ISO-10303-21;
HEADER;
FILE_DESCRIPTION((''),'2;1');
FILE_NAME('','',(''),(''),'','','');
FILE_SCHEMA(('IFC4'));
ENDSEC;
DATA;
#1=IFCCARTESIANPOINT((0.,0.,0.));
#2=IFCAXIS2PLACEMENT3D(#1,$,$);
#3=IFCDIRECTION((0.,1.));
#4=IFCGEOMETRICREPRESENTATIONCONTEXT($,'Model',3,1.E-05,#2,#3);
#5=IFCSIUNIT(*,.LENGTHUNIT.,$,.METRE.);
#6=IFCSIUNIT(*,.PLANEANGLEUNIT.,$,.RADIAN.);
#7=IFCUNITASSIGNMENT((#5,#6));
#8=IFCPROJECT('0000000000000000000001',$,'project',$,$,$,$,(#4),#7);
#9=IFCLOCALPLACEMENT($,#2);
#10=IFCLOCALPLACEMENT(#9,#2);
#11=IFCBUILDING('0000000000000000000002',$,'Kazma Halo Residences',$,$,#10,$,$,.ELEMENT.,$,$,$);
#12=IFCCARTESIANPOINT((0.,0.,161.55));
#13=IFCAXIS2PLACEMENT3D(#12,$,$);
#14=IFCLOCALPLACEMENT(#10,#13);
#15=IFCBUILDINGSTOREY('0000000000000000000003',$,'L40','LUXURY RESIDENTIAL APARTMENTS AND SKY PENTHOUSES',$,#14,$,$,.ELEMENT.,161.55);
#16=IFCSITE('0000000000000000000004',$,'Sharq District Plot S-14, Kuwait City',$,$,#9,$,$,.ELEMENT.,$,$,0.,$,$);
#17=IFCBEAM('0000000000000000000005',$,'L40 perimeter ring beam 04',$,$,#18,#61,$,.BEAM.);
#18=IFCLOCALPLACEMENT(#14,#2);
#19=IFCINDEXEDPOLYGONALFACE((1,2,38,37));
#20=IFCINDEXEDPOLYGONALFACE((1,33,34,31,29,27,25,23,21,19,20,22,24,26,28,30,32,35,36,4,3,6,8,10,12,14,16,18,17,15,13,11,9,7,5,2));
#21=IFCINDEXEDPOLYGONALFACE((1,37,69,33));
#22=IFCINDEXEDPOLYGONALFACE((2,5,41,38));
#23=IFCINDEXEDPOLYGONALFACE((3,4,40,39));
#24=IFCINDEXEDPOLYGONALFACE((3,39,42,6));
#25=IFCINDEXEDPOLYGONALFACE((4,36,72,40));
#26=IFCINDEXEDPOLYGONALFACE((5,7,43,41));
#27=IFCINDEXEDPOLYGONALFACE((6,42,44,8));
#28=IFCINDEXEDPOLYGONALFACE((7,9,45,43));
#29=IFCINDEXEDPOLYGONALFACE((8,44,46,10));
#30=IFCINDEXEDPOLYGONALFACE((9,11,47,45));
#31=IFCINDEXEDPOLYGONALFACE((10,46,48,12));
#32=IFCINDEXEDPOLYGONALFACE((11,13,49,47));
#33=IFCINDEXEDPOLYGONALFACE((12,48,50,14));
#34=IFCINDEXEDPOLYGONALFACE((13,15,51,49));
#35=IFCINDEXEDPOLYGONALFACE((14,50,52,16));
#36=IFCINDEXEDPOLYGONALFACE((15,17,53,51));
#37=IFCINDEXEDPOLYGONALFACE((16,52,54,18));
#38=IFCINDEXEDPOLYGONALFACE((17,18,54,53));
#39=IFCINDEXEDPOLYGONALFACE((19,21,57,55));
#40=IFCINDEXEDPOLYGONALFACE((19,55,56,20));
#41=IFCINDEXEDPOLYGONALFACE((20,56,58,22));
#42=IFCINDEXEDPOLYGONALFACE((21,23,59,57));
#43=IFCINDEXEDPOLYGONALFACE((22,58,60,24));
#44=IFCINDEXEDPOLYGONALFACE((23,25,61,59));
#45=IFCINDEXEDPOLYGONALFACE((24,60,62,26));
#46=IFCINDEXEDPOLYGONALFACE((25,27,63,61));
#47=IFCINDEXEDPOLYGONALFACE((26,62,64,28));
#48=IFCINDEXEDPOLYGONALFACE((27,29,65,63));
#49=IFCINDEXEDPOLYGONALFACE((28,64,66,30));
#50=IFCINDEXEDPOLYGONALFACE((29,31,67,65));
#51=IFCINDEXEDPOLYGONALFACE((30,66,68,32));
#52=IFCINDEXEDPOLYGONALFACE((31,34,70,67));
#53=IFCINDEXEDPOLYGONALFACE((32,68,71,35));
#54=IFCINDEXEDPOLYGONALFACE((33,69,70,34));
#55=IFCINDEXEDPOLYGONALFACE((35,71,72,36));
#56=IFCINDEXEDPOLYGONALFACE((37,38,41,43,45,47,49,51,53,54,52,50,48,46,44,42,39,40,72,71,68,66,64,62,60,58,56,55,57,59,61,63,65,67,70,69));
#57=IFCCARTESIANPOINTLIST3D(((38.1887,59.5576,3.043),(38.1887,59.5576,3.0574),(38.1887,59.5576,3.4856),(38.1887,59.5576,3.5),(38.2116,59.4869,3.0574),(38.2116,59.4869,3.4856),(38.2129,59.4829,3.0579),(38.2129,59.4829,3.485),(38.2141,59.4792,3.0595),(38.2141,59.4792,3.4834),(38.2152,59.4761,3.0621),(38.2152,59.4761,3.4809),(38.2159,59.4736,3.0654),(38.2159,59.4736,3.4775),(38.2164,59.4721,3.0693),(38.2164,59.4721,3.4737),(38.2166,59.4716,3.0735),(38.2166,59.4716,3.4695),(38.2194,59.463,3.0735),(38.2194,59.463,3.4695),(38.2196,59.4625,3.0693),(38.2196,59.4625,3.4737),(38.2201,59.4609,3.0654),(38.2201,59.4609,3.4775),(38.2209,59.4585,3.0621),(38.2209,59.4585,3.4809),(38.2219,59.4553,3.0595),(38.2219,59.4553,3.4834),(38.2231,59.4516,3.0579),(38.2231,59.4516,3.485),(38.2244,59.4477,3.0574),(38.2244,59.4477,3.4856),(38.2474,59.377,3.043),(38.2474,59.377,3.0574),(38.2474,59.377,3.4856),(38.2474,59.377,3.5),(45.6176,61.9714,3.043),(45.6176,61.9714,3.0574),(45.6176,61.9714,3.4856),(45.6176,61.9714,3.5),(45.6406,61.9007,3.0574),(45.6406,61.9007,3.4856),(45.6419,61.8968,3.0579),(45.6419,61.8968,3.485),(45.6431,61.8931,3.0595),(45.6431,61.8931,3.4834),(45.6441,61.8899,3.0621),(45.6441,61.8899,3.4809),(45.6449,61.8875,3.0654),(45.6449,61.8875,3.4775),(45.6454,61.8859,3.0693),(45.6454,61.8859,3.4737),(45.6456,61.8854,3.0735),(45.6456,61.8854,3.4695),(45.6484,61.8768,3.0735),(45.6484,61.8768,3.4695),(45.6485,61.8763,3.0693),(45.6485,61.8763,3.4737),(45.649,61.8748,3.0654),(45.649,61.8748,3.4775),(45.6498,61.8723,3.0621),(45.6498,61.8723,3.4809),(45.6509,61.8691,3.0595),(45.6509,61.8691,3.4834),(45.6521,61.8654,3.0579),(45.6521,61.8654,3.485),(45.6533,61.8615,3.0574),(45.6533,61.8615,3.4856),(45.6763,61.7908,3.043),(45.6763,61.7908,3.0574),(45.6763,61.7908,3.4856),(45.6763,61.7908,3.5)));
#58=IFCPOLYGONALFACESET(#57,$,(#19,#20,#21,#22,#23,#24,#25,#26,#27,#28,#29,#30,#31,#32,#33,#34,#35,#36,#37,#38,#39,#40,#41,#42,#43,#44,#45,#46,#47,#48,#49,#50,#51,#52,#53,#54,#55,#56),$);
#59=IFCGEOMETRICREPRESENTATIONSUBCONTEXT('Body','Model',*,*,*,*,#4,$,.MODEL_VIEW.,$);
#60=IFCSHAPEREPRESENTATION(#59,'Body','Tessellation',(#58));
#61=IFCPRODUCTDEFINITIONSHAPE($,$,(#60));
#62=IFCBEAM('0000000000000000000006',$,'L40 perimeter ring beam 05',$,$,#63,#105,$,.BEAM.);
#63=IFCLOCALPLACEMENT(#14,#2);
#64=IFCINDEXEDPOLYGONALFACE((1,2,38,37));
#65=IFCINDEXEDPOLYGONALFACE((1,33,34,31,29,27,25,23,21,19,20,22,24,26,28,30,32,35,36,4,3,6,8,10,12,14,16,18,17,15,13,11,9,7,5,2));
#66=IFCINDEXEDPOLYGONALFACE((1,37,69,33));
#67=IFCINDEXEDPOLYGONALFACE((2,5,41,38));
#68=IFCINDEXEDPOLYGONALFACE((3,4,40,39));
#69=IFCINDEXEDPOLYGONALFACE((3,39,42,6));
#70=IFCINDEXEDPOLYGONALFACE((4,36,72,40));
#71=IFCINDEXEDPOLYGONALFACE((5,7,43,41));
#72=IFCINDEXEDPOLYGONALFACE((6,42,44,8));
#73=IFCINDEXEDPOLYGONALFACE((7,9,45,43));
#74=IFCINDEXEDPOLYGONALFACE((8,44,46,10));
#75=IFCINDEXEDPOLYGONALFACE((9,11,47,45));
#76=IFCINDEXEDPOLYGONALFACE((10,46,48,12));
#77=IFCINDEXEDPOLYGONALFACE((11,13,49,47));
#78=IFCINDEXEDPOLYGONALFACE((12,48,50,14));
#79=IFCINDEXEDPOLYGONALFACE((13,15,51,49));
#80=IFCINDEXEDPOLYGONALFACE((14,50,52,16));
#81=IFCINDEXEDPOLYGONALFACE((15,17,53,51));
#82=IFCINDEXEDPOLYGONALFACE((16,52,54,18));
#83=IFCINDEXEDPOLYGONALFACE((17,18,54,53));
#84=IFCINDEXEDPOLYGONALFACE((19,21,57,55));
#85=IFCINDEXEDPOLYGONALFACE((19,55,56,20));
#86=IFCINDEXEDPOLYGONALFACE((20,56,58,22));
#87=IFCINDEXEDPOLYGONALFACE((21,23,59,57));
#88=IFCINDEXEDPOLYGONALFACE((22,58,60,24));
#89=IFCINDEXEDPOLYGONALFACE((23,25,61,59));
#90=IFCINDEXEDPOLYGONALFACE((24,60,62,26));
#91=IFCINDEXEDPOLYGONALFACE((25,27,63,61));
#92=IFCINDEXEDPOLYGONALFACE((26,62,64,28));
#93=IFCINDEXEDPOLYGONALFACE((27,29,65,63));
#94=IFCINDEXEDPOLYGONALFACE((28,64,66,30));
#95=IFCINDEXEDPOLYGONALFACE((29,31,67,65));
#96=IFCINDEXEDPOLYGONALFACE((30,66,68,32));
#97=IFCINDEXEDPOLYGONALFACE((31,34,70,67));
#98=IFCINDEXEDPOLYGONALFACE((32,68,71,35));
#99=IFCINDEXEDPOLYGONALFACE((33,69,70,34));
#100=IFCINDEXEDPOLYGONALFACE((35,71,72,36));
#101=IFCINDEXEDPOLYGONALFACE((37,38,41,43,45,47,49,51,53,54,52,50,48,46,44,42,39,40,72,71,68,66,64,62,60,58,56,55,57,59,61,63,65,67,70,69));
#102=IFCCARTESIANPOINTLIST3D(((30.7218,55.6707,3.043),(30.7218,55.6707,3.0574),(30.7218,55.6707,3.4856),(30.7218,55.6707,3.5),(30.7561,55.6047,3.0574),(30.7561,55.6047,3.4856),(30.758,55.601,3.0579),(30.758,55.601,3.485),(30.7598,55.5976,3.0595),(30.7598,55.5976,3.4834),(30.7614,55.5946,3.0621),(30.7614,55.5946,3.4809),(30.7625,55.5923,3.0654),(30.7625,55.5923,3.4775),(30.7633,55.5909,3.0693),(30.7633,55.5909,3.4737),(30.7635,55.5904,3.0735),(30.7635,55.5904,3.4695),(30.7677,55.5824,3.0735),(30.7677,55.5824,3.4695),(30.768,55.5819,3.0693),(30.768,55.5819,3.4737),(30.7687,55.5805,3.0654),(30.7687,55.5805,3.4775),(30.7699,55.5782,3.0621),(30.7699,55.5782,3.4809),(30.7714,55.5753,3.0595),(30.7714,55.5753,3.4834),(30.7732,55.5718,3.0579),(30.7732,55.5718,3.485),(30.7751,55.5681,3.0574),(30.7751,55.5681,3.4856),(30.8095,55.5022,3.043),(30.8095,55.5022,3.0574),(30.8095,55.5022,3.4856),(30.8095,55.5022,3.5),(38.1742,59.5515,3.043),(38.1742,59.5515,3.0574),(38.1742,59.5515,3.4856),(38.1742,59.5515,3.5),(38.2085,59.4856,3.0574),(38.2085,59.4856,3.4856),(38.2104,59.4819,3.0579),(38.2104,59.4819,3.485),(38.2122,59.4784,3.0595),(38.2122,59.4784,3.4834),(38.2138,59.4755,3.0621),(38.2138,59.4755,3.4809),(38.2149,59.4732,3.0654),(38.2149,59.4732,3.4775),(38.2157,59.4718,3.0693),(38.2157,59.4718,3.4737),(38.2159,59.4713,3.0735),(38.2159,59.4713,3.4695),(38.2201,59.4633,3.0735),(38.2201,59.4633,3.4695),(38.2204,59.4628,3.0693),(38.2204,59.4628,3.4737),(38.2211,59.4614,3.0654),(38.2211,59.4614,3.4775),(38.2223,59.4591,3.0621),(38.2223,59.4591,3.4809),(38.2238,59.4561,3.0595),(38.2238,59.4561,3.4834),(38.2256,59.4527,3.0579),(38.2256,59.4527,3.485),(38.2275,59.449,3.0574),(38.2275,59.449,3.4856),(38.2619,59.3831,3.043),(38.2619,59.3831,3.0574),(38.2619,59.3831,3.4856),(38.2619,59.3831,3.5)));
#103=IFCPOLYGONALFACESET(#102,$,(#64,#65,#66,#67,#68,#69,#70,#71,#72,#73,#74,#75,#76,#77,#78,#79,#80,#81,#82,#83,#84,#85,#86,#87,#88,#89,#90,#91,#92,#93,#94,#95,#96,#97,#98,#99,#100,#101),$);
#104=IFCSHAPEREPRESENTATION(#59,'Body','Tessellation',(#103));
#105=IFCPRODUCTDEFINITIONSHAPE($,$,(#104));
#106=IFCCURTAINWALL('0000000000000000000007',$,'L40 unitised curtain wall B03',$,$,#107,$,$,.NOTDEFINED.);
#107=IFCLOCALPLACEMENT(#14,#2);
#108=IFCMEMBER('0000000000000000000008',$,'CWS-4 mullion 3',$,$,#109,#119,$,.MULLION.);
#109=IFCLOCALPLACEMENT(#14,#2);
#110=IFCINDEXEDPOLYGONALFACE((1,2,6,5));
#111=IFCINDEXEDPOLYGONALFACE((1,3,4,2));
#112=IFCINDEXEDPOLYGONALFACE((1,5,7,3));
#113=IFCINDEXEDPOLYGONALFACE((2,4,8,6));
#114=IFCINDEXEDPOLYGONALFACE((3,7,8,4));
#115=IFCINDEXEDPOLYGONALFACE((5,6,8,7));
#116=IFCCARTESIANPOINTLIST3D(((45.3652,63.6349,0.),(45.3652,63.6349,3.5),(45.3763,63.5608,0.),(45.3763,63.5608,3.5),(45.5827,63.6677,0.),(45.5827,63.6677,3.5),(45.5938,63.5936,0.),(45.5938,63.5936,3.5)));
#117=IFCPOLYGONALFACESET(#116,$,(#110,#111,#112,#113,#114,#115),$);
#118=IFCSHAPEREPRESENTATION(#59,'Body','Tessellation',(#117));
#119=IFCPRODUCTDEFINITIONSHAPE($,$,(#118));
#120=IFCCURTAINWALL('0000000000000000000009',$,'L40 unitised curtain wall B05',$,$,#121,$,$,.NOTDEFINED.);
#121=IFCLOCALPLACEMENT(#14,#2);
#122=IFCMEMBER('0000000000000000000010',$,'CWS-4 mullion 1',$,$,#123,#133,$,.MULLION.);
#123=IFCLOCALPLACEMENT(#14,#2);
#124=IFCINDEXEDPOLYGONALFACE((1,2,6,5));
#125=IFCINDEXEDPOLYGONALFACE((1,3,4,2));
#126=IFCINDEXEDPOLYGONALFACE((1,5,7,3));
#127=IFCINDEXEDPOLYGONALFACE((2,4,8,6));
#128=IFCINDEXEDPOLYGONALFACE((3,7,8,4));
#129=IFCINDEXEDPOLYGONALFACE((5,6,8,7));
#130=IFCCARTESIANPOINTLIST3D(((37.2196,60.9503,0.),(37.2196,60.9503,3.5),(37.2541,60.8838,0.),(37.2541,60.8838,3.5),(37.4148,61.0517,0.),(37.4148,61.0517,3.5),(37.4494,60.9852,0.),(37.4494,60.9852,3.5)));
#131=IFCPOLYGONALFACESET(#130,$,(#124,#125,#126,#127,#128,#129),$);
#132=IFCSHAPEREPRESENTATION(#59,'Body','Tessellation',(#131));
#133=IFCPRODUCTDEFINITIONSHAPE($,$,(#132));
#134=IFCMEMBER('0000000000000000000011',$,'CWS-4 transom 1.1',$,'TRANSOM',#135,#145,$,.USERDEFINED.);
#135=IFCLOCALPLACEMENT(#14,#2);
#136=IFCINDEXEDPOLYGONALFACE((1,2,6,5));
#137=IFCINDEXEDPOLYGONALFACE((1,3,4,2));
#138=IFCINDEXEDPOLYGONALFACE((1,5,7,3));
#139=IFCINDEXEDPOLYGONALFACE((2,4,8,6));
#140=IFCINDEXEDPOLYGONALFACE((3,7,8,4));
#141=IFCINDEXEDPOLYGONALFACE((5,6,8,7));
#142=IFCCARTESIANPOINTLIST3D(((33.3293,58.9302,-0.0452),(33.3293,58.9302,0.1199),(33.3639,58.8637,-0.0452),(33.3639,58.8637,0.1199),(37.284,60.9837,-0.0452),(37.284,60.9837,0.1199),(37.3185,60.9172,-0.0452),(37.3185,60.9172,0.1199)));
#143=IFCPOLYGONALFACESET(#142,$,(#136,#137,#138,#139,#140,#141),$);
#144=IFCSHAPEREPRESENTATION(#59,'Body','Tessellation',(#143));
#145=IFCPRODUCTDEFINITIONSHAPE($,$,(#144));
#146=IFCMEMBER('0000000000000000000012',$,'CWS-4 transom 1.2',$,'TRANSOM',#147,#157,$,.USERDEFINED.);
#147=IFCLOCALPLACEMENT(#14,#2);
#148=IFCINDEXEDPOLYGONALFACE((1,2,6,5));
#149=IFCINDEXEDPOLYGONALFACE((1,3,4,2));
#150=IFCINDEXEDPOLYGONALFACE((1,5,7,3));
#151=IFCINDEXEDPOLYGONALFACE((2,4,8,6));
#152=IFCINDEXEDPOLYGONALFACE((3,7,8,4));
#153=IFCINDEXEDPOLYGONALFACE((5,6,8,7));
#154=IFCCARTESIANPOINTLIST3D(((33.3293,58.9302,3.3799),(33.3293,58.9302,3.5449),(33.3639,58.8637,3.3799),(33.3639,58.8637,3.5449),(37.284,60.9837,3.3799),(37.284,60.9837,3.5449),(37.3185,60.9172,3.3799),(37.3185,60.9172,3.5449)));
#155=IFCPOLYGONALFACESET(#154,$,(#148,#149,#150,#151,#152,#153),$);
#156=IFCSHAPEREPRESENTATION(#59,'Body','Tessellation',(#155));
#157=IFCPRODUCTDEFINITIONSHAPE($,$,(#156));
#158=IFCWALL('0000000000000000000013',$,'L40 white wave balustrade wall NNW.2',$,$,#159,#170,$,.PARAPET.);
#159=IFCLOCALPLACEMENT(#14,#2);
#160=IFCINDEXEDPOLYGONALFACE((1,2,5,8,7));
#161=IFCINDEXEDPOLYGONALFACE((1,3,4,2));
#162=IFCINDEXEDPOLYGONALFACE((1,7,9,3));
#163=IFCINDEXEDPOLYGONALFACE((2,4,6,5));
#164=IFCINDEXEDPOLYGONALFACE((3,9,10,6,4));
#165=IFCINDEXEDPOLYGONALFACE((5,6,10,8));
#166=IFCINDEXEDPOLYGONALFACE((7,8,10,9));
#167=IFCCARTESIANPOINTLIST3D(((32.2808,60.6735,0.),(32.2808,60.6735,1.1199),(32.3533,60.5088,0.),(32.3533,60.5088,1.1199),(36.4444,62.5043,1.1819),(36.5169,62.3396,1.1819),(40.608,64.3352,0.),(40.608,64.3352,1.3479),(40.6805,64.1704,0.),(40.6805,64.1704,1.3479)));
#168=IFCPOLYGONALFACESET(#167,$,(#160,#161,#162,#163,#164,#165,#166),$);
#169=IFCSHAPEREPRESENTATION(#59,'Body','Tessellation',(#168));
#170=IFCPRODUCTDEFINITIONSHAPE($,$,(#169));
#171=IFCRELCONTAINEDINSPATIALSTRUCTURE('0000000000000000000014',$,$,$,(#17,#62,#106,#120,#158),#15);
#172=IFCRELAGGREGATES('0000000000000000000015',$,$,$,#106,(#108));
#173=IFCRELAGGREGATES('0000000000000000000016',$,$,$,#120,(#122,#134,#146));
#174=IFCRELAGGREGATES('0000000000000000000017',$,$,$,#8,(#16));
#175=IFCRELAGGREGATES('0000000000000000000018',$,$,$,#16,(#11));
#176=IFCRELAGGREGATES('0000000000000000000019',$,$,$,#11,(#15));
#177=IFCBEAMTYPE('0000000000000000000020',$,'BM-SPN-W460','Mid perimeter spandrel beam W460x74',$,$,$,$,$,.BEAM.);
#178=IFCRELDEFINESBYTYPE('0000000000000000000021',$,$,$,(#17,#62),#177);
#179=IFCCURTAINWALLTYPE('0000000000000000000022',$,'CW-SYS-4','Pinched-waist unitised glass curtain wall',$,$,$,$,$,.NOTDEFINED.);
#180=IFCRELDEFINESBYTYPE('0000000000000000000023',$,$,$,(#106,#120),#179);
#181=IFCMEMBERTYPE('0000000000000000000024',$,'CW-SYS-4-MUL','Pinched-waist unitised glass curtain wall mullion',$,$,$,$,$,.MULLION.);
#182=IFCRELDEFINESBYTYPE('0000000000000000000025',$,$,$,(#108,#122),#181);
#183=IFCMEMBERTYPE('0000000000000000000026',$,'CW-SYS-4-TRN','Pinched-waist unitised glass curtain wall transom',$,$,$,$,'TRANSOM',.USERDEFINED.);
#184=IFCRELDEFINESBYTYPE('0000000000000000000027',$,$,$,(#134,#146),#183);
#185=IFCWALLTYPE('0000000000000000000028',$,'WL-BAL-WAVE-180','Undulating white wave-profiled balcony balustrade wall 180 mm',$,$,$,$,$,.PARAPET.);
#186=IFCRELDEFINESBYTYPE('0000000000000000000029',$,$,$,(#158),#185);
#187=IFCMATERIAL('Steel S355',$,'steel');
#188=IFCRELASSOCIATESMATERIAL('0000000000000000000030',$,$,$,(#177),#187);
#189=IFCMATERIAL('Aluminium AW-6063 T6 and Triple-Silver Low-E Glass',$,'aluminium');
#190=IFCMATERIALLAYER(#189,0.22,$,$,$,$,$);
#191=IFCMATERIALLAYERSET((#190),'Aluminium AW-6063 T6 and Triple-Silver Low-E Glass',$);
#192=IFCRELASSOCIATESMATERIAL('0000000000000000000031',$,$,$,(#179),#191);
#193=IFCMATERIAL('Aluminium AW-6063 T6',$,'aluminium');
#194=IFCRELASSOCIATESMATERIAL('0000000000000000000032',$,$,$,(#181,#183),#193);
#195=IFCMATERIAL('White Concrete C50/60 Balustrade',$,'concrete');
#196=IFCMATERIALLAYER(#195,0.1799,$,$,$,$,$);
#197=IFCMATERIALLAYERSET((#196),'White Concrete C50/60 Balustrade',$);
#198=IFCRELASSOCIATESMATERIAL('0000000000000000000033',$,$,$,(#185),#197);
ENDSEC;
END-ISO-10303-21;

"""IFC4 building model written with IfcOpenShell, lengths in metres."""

from ifc_helpers import new_model, si_unit, direction, frame, origin, origin_2d, place, context, subcontext, project, spatial, polyline, rectangle, i_section, outline, extrude, material, layer, layer_set, material_profile, profile_set, type_object, element, aggregate, save


model = new_model("IFC4")

# Units and contexts
model_context = context("Model", 3, precision=1e-05, world=origin(), true_north=direction((0.0, 1.0)))
body_context = subcontext(model_context, "Body", "Model", "MODEL_VIEW")
ifc_project = project(units=[si_unit("LENGTHUNIT", "METRE"), si_unit("PLANEANGLEUNIT", "RADIAN")], contexts=[model_context])

# Site, building, storey
site_placement = place(None, origin())
site = spatial("IfcSite", under=ifc_project, at=site_placement, Name="Sharq District Plot S-14, Kuwait City", CompositionType="ELEMENT", RefElevation=0.0)
building_placement = place(site_placement, origin())
building = spatial("IfcBuilding", under=site, at=building_placement, Name="Kazma Halo Residences", CompositionType="ELEMENT")
storey_placement = place(building_placement, frame((0.0, 0.0, 161.55)))
storey = spatial("IfcBuildingStorey", under=building, at=storey_placement, Name="L40", Description="LUXURY RESIDENTIAL APARTMENTS AND SKY PENTHOUSES", CompositionType="ELEMENT", Elevation=161.55)

# Beams
ifc_material_1 = material(Name="Steel S355", Category="steel")
ifc_material_profile_1 = material_profile(ifc_material_1, i_section(OverallWidth=0.1899, OverallDepth=0.457, WebThickness=0.009, FlangeThickness=0.0144, FilletRadius=0.0161, at=origin_2d()), Name="W460x74")
ifc_profile_set_1 = profile_set([ifc_material_profile_1], Name="Steel S355")
beam_type_1 = type_object("IfcBeamType", Name="BM-SPN-W460", Description="Mid perimeter spandrel beam W460x74", PredefinedType="BEAM", material=ifc_profile_set_1)
beam_1_placement = place(storey_placement, frame((45.647, 61.8811, 3.2715), z_axis=(-0.951056, -0.309018, 0.0), x_axis=(0.309018, -0.951056, 0.0)))
element("IfcBeam", 1, at=beam_1_placement, inside=storey, type_object=beam_type_1, Name="L40 perimeter ring beam 04", PredefinedType="BEAM", context=body_context, shape_type="SweptSolid", body=[
    extrude(i_section(OverallWidth=0.1899, OverallDepth=0.457, WebThickness=0.009, FlangeThickness=0.0144, FilletRadius=0.0161, at=origin_2d()), origin(), (0.0, 0.0, 1.0), 7.8113),
])
beam_2_placement = place(storey_placement, frame((38.218, 59.4673, 3.2715), z_axis=(-0.886943, -0.461879, 0.0), x_axis=(0.461879, -0.886943, 0.0)))
element("IfcBeam", 2, at=beam_2_placement, inside=storey, type_object=beam_type_1, Name="L40 perimeter ring beam 05", PredefinedType="BEAM", context=body_context, shape_type="SweptSolid", body=[
    extrude(i_section(OverallWidth=0.1899, OverallDepth=0.457, WebThickness=0.009, FlangeThickness=0.0144, FilletRadius=0.0161, at=origin_2d()), origin(), (0.0, 0.0, 1.0), 8.4023),
])

# Curtain wall, member
ifc_material_2 = material(Name="Aluminium AW-6063 T6 and Triple-Silver Low-E Glass", Category="aluminium")
ifc_layer_1 = layer(ifc_material_2, 0.22)
ifc_layer_set_1 = layer_set([ifc_layer_1], Name="Aluminium AW-6063 T6 and Triple-Silver Low-E Glass")
curtain_wall_type = type_object("IfcCurtainWallType", Name="CW-SYS-4", Description="Pinched-waist unitised glass curtain wall", PredefinedType="NOTDEFINED", material=ifc_layer_set_1)
curtain_wall_1_placement = place(storey_placement, origin())
curtain_wall_1 = element("IfcCurtainWall", 3, at=curtain_wall_1_placement, inside=storey, type_object=curtain_wall_type, Name="L40 unitised curtain wall B03", PredefinedType="NOTDEFINED")
ifc_material_3 = material(Name="Aluminium AW-6063 T6", Category="aluminium")
ifc_material_profile_2 = material_profile(ifc_material_3, rectangle(XDim=0.075, YDim=0.22, at=origin_2d()), Name="CWM-75x220")
ifc_profile_set_2 = profile_set([ifc_material_profile_2], Name="Aluminium AW-6063 T6")
member_type_1 = type_object("IfcMemberType", Name="CW-SYS-4-MUL", Description="Pinched-waist unitised glass curtain wall mullion", PredefinedType="MULLION", material=ifc_profile_set_2)
member_1_placement = place(storey_placement, frame((45.4795, 63.6143, 0.0), z_axis=(0.0, 0.0, 1.0), x_axis=(0.148821, -0.988864, 0.0)))
member_1 = element("IfcMember", 4, at=member_1_placement, type_object=member_type_1, Name="CWS-4 mullion 3", PredefinedType="MULLION", context=body_context, shape_type="SweptSolid", body=[
    extrude(rectangle(XDim=0.075, YDim=0.22, at=origin_2d()), origin(), (0.0, 0.0, 1.0), 3.5),
])
aggregate(curtain_wall_1, [member_1])

# Curtain wall, members
curtain_wall_2_placement = place(storey_placement, origin())
curtain_wall_2 = element("IfcCurtainWall", 5, at=curtain_wall_2_placement, inside=storey, type_object=curtain_wall_type, Name="L40 unitised curtain wall B05", PredefinedType="NOTDEFINED")
member_2_placement = place(storey_placement, frame((37.3345, 60.9678, 0.0), z_axis=(0.0, 0.0, 1.0), x_axis=(0.460837, -0.887485, 0.0)))
member_2 = element("IfcMember", 6, at=member_2_placement, type_object=member_type_1, Name="CWS-4 mullion 1", PredefinedType="MULLION", context=body_context, shape_type="SweptSolid", body=[
    extrude(rectangle(XDim=0.075, YDim=0.22, at=origin_2d()), origin(), (0.0, 0.0, 1.0), 3.5),
])
ifc_material_profile_3 = material_profile(ifc_material_3, rectangle(XDim=0.075, YDim=0.165, at=origin_2d()), Name="CWT-75x165")
ifc_profile_set_3 = profile_set([ifc_material_profile_3], Name="Aluminium AW-6063 T6")
member_type_2 = type_object("IfcMemberType", Name="CW-SYS-4-TRN", Description="Pinched-waist unitised glass curtain wall transom", ElementType="TRANSOM", PredefinedType="USERDEFINED", material=ifc_profile_set_3)
member_3_placement = place(storey_placement, frame((37.3013, 60.9504, 0.0374), z_axis=(-0.887485, -0.460837, 0.0), x_axis=(0.460837, -0.887485, 0.0)))
member_3 = element("IfcMember", 7, at=member_3_placement, type_object=member_type_2, Name="CWS-4 transom 1.1", ObjectType="TRANSOM", PredefinedType="USERDEFINED", context=body_context, shape_type="SweptSolid", body=[
    extrude(rectangle(XDim=0.075, YDim=0.165, at=origin_2d()), origin(), (0.0, 0.0, 1.0), 4.4561),
])
member_4_placement = place(storey_placement, frame((37.3013, 60.9504, 3.4624), z_axis=(-0.887485, -0.460837, 0.0), x_axis=(0.460837, -0.887485, 0.0)))
member_4 = element("IfcMember", 8, at=member_4_placement, type_object=member_type_2, Name="CWS-4 transom 1.2", ObjectType="TRANSOM", PredefinedType="USERDEFINED", context=body_context, shape_type="SweptSolid", body=[
    extrude(rectangle(XDim=0.075, YDim=0.165, at=origin_2d()), origin(), (0.0, 0.0, 1.0), 4.4561),
])
aggregate(curtain_wall_2, [member_2, member_3, member_4])

# Wall
ifc_material_4 = material(Name="White Concrete C50/60 Balustrade", Category="concrete")
ifc_layer_2 = layer(ifc_material_4, 0.1799)
ifc_layer_set_2 = layer_set([ifc_layer_2], Name="White Concrete C50/60 Balustrade")
wall_type_1 = type_object("IfcWallType", Name="WL-BAL-WAVE-180", Description="Undulating white wave-profiled balcony balustrade wall 180 mm", PredefinedType="PARAPET", material=ifc_layer_set_2)
wall_1_placement = place(storey_placement, frame((40.6443, 64.2527, 0.0), z_axis=(0.0, 0.0, 1.0), x_axis=(-0.915409, -0.402525, 0.0)))
element("IfcWall", 9, at=wall_1_placement, inside=storey, type_object=wall_type_1, Name="L40 white wave balustrade wall NNW.2", PredefinedType="PARAPET", context=body_context, shape_type="SweptSolid", body=[
    extrude(outline(polyline([(0.0, 0.0), (9.0967, 0.0), (9.0967, 1.1199), (4.5483, 1.1819), (0.0, 1.3479), (0.0, 0.0)])), frame((0.0, 0.0898, 0.0), z_axis=(0.0, -1.0, 0.0), x_axis=(1.0, 0.0, 0.0)), (0.0, 0.0, 1.0), 0.1799),
])

save(model, "model.ifc")
